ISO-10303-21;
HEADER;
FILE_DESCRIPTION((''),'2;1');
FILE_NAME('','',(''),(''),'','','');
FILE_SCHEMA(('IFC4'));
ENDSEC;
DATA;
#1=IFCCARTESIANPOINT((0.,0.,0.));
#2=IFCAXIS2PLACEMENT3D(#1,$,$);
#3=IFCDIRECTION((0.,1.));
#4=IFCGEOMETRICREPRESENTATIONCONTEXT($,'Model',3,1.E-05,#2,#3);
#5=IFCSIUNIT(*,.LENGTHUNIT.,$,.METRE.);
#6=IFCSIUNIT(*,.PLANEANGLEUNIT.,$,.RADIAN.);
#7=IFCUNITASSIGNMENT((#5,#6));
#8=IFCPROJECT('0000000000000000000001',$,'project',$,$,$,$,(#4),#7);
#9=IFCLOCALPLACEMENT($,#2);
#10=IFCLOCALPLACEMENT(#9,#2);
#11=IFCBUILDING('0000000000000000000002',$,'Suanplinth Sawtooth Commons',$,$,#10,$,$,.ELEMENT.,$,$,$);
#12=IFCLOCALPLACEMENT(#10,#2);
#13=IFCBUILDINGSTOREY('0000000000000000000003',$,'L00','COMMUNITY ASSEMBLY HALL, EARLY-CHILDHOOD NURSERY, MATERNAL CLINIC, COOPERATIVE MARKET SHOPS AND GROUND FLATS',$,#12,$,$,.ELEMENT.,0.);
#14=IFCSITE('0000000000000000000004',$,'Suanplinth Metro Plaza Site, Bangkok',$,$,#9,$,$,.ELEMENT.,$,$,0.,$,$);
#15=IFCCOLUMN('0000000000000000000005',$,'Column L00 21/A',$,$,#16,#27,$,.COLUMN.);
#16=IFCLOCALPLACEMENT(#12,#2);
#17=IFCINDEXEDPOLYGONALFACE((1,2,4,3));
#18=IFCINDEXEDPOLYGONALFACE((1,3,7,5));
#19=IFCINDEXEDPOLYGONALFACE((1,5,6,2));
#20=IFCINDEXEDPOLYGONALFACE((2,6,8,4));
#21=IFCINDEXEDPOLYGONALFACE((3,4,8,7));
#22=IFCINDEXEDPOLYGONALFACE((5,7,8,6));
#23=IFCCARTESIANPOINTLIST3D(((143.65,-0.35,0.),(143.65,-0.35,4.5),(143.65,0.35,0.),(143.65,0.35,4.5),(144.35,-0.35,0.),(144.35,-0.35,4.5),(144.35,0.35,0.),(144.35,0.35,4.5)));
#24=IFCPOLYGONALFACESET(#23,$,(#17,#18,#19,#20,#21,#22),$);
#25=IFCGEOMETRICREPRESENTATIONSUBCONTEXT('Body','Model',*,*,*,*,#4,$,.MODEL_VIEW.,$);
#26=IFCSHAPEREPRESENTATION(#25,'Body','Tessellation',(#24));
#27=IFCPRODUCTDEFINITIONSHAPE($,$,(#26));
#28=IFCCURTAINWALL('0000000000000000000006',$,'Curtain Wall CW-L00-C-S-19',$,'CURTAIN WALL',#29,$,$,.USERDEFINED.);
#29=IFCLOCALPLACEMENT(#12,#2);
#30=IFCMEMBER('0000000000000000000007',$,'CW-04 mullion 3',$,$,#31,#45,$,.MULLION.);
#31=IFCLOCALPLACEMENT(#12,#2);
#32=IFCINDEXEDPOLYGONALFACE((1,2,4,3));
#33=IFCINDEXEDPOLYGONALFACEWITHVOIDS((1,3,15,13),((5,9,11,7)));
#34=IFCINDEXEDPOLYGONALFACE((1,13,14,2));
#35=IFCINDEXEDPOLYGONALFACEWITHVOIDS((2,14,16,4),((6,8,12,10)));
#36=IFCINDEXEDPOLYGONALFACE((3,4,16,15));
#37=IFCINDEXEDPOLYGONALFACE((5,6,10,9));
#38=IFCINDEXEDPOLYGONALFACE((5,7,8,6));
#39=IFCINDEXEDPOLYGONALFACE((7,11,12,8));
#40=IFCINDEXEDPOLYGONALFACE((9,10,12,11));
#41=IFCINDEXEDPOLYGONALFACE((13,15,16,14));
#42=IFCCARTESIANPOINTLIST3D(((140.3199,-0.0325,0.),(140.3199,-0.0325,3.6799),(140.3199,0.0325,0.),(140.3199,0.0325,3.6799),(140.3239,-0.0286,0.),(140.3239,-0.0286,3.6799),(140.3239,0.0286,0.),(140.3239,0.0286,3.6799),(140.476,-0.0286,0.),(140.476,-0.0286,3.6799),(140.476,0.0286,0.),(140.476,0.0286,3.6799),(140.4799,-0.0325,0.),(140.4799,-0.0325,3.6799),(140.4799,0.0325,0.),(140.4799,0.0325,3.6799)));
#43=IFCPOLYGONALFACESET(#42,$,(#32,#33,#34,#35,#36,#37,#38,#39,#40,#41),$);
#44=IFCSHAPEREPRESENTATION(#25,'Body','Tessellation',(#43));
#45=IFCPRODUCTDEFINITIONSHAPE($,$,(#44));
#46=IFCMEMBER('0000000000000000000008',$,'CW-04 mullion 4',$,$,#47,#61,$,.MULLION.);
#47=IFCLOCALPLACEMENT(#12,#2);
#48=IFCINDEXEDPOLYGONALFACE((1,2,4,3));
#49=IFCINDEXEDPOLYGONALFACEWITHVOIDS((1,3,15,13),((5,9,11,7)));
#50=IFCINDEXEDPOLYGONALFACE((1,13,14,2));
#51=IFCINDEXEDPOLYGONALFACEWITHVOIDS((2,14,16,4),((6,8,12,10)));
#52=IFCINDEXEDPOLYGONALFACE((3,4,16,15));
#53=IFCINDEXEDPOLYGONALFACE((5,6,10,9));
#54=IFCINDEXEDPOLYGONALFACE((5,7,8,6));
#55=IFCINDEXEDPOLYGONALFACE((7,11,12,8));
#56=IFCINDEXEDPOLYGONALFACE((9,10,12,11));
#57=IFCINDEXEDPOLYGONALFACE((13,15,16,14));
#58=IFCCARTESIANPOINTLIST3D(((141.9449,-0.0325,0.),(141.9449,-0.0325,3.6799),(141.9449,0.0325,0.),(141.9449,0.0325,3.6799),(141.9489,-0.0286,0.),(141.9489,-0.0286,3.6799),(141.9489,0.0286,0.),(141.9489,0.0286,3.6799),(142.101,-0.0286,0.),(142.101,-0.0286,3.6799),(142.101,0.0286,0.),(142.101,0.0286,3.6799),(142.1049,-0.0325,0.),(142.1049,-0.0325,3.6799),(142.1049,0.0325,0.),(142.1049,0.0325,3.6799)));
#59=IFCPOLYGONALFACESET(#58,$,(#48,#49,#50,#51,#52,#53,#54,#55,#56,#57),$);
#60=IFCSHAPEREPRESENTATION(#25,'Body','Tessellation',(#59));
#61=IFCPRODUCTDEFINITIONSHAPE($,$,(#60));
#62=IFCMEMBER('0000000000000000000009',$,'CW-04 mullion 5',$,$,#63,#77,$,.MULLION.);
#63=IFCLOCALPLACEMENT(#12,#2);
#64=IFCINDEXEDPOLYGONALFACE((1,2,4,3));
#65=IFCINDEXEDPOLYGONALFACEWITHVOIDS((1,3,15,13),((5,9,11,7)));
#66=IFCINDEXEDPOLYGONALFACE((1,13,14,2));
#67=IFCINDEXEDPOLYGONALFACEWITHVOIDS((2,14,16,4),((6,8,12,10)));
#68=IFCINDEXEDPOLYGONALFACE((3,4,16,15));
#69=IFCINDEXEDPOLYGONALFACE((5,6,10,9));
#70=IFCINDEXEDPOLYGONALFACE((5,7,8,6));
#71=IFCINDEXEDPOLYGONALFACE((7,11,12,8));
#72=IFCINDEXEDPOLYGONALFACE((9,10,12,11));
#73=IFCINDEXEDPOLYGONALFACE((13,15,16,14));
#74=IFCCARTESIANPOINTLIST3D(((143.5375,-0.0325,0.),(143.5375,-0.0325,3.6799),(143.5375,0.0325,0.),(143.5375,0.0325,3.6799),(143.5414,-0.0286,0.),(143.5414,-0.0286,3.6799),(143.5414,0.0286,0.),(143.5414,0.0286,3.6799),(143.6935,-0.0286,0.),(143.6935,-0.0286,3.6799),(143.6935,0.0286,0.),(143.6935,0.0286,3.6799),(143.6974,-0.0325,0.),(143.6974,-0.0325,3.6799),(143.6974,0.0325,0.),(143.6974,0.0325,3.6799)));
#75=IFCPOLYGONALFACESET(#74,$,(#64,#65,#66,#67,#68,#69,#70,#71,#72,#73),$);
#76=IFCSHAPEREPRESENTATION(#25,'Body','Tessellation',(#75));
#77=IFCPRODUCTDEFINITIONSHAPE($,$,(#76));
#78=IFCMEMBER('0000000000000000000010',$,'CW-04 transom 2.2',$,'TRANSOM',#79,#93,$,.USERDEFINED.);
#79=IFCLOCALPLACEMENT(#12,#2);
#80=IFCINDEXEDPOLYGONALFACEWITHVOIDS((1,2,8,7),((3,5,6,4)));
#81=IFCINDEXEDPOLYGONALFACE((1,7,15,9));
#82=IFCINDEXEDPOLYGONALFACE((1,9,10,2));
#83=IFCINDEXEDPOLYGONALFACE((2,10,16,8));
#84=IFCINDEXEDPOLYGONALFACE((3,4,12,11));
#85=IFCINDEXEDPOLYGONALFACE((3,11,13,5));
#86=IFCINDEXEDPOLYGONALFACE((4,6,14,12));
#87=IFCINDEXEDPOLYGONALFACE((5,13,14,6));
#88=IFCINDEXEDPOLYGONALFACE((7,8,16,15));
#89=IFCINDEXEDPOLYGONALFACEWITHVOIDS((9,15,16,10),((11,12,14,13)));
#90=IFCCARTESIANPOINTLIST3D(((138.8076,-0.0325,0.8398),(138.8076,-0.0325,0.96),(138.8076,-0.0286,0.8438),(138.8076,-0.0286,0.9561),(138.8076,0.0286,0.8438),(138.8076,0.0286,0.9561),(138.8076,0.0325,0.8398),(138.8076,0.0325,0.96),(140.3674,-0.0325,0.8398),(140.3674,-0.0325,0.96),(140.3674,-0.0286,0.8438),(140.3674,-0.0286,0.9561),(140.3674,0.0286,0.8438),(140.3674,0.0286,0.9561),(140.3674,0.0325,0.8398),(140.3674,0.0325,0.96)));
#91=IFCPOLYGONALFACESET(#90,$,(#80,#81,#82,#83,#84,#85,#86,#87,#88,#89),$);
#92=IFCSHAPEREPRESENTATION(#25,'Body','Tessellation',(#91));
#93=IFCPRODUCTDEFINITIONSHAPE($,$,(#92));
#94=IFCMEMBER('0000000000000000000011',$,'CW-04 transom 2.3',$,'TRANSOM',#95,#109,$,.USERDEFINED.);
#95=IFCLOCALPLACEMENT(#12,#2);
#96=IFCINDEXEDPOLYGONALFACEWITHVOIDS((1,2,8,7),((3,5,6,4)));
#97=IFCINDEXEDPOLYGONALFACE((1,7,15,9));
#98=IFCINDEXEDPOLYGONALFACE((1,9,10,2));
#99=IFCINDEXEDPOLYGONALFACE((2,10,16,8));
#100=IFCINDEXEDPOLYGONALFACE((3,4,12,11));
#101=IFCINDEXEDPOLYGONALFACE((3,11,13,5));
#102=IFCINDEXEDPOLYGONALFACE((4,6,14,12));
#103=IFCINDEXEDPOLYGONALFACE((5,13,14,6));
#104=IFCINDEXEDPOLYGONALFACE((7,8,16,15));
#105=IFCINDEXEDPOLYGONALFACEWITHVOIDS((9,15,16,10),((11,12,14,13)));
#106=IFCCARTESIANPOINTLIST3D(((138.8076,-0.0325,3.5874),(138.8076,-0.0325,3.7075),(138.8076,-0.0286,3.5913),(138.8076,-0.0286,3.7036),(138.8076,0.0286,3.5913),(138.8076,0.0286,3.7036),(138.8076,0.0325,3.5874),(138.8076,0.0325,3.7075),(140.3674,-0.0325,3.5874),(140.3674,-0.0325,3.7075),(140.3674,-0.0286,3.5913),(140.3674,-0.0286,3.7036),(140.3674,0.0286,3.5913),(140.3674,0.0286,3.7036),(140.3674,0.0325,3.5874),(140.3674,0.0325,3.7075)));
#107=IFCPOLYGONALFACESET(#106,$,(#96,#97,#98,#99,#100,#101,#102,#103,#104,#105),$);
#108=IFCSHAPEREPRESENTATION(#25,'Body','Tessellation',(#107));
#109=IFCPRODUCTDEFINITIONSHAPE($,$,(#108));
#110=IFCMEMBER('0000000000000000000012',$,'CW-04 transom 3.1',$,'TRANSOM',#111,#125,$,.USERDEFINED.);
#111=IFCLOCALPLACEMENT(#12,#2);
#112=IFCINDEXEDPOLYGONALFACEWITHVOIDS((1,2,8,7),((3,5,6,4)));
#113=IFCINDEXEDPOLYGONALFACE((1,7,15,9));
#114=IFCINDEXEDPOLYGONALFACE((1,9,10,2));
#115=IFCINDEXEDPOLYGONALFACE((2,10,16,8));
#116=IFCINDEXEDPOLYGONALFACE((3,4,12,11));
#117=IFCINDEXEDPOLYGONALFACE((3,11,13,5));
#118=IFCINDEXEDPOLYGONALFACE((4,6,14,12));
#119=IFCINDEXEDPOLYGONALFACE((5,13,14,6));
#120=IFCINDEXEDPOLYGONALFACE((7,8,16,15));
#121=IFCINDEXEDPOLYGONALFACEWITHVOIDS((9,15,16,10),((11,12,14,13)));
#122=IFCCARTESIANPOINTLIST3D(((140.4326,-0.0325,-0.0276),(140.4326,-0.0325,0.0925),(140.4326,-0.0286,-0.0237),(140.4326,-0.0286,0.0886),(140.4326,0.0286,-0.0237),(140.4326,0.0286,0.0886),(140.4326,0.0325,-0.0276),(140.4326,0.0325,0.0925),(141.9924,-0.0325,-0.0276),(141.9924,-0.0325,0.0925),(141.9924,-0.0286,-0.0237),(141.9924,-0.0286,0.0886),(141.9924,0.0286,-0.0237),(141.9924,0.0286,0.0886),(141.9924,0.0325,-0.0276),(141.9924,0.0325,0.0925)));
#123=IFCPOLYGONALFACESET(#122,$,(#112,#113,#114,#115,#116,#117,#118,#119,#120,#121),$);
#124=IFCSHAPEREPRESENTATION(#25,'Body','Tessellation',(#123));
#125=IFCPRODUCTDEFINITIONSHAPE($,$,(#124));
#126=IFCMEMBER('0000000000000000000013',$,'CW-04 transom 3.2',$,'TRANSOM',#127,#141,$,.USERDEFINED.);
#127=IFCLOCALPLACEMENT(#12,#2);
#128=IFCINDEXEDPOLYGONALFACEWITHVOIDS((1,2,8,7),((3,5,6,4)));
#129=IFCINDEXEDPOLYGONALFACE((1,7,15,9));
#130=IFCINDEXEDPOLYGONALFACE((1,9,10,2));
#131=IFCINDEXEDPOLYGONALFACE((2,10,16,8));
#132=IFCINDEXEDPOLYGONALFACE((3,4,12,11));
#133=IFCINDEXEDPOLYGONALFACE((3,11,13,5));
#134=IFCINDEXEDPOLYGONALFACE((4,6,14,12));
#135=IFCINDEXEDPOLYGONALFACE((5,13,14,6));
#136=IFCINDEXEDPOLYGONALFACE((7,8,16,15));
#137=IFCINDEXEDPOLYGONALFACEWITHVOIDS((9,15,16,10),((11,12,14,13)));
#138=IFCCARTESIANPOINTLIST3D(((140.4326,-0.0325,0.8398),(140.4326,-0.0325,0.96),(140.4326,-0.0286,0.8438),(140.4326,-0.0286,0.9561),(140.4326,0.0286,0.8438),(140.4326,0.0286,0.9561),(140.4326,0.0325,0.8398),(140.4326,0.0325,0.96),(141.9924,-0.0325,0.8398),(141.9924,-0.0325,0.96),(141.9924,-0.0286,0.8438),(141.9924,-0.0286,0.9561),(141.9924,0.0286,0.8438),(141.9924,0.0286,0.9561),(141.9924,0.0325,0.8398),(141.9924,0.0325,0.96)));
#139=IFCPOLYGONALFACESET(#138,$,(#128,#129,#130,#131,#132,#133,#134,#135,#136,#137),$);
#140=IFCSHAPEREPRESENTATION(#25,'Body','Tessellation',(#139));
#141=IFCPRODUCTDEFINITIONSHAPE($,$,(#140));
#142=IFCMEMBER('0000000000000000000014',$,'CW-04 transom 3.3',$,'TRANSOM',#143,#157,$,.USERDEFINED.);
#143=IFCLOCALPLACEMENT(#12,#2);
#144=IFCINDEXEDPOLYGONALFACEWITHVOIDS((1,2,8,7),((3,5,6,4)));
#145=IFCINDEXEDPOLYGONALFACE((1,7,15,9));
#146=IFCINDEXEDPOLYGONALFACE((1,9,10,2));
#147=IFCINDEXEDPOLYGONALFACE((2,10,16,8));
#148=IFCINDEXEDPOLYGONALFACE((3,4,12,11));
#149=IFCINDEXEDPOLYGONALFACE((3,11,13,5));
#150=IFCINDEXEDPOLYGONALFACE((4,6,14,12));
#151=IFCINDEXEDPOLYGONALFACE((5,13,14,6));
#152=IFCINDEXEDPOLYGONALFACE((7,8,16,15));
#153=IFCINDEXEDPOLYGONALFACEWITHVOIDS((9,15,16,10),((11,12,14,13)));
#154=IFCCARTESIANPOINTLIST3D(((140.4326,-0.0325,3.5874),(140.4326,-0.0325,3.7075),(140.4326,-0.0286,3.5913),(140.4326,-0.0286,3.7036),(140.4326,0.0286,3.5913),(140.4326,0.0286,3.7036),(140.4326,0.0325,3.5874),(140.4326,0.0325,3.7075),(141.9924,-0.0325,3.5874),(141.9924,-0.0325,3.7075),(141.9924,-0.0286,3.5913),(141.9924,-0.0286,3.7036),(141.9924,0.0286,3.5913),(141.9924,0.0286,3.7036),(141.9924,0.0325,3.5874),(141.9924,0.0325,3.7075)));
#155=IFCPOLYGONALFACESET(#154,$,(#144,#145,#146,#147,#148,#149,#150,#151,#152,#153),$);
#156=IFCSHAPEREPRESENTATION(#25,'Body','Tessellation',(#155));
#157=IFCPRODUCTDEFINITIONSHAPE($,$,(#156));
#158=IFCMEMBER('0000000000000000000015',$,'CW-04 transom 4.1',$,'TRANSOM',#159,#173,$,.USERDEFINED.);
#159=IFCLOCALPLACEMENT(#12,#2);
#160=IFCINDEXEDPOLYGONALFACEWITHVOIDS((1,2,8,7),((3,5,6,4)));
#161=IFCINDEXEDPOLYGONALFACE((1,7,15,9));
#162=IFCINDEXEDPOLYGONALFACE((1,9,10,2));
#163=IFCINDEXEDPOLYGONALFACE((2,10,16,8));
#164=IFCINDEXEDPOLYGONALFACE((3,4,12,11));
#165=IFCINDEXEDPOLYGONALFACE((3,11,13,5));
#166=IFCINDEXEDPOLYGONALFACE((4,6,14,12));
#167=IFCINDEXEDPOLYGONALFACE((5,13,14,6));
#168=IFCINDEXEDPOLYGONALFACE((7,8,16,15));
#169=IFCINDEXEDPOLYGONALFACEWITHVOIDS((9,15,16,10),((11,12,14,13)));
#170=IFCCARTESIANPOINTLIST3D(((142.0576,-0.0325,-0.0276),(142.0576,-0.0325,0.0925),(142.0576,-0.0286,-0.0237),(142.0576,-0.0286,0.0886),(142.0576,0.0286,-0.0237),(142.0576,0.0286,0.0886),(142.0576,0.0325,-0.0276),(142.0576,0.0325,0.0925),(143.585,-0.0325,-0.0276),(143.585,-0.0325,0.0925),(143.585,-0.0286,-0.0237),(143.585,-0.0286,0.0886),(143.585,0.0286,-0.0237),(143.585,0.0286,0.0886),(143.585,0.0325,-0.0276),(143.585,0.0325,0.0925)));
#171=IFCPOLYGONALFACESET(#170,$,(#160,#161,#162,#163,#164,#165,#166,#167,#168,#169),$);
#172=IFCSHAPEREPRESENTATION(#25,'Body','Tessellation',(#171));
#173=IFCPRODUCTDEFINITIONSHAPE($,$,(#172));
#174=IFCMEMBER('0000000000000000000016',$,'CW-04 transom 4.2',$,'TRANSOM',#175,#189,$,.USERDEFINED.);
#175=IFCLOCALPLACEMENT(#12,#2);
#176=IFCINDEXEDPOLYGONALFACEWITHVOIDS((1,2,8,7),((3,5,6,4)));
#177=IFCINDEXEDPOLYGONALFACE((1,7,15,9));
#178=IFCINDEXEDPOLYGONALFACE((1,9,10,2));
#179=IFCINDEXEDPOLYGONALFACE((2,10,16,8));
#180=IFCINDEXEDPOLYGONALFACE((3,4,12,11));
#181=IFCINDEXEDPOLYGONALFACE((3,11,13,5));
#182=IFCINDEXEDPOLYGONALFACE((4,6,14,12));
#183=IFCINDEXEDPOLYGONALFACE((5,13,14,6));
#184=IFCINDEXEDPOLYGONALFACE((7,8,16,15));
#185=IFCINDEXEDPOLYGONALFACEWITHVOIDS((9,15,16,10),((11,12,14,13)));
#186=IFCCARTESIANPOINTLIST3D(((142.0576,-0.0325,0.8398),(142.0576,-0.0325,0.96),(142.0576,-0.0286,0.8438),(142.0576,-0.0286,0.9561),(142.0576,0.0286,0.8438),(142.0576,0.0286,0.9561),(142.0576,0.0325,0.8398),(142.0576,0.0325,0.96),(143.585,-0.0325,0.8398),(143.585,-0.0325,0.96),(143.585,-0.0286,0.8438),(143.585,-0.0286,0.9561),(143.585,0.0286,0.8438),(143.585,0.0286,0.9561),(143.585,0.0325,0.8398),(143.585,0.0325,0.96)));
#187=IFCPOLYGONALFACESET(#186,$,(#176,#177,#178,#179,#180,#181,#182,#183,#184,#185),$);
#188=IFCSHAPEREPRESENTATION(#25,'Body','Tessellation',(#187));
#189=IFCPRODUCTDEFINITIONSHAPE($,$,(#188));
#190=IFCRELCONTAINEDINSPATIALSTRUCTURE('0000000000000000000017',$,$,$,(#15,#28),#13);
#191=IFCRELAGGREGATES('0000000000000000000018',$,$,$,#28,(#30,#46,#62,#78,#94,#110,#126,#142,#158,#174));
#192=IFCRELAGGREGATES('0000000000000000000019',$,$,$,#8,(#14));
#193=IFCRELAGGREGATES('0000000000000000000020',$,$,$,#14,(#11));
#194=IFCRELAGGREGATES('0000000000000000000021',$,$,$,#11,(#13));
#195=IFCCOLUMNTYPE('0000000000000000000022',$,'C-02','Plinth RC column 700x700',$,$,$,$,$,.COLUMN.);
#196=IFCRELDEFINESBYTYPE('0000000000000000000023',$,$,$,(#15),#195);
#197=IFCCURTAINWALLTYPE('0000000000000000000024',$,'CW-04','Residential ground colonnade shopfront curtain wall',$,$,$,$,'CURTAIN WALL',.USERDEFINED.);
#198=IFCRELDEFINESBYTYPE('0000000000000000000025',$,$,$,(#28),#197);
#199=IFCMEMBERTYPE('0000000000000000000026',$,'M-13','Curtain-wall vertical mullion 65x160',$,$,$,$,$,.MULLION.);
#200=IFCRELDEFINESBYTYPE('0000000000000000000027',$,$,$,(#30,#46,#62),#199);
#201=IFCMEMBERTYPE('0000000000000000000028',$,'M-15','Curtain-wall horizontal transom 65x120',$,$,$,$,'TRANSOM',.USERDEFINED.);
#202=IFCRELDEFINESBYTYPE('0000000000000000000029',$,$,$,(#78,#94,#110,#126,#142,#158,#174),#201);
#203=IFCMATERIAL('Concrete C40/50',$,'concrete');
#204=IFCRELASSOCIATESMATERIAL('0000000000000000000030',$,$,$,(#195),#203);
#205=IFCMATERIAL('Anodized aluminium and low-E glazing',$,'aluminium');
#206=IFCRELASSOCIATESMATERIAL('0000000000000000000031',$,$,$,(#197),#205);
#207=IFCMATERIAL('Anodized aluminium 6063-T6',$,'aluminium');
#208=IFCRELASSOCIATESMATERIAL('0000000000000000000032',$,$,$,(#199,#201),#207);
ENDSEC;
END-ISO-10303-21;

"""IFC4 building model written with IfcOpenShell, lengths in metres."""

from ifc_helpers import new_model, si_unit, direction, frame, origin, origin_2d, place, context, subcontext, project, spatial, rectangle, hollow_rectangle, extrude, material, material_profile, profile_set, type_object, element, aggregate, save


model = new_model("IFC4")

# Units and contexts
model_context = context("Model", 3, precision=1e-05, world=origin(), true_north=direction((0.0, 1.0)))
body_context = subcontext(model_context, "Body", "Model", "MODEL_VIEW")
ifc_project = project(units=[si_unit("LENGTHUNIT", "METRE"), si_unit("PLANEANGLEUNIT", "RADIAN")], contexts=[model_context])

# Site, building, storey
site_placement = place(None, origin())
site = spatial("IfcSite", under=ifc_project, at=site_placement, Name="Suanplinth Metro Plaza Site, Bangkok", CompositionType="ELEMENT", RefElevation=0.0)
building_placement = place(site_placement, origin())
building = spatial("IfcBuilding", under=site, at=building_placement, Name="Suanplinth Sawtooth Commons", CompositionType="ELEMENT")
storey_placement = place(building_placement, origin())
storey = spatial("IfcBuildingStorey", under=building, at=storey_placement, Name="L00", Description="COMMUNITY ASSEMBLY HALL, EARLY-CHILDHOOD NURSERY, MATERNAL CLINIC, COOPERATIVE MARKET SHOPS AND GROUND FLATS", CompositionType="ELEMENT", Elevation=0.0)

# Column
ifc_material_1 = material(Name="Concrete C40/50", Category="concrete")
ifc_material_profile_1 = material_profile(ifc_material_1, rectangle(XDim=0.7, YDim=0.7, at=origin_2d()), Name="RC-COL 700x700")
ifc_profile_set_1 = profile_set([ifc_material_profile_1], Name="Concrete C40/50")
column_type = type_object("IfcColumnType", Name="C-02", Description="Plinth RC column 700x700", PredefinedType="COLUMN", material=ifc_profile_set_1)
column_placement = place(storey_placement, frame((144.0, 0.0, 0.0), z_axis=(0.0, 0.0, 1.0), x_axis=(1.0, 0.0, 0.0)))
element("IfcColumn", 1, at=column_placement, inside=storey, type_object=column_type, Name="Column L00 21/A", PredefinedType="COLUMN", context=body_context, shape_type="SweptSolid", body=[
    extrude(rectangle(XDim=0.7, YDim=0.7, at=origin_2d()), origin(), (0.0, 0.0, 1.0), 4.5),
])

# Curtain wall, members
ifc_material_2 = material(Name="Anodized aluminium and low-E glazing", Category="aluminium")
curtain_wall_type = type_object("IfcCurtainWallType", Name="CW-04", Description="Residential ground colonnade shopfront curtain wall", ElementType="CURTAIN WALL", PredefinedType="USERDEFINED", material=ifc_material_2)
curtain_wall_placement = place(storey_placement, origin())
curtain_wall = element("IfcCurtainWall", 2, at=curtain_wall_placement, inside=storey, type_object=curtain_wall_type, Name="Curtain Wall CW-L00-C-S-19", ObjectType="CURTAIN WALL", PredefinedType="USERDEFINED")
ifc_material_3 = material(Name="Anodized aluminium 6063-T6", Category="aluminium")
ifc_material_profile_2 = material_profile(ifc_material_3, hollow_rectangle(XDim=0.0649, YDim=0.1599, WallThickness=0.0039, at=origin_2d()), Name="ALU-MUL 65x160")
ifc_profile_set_2 = profile_set([ifc_material_profile_2], Name="Anodized aluminium 6063-T6")
member_type_1 = type_object("IfcMemberType", Name="M-13", Description="Curtain-wall vertical mullion 65x160", PredefinedType="MULLION", material=ifc_profile_set_2)
member_1_placement = place(storey_placement, frame((140.3999, 0.0, 0.0), z_axis=(0.0, 0.0, 1.0), x_axis=(0.0, 1.0, 0.0)))
member_1 = element("IfcMember", 3, at=member_1_placement, type_object=member_type_1, Name="CW-04 mullion 3", PredefinedType="MULLION", context=body_context, shape_type="SweptSolid", body=[
    extrude(hollow_rectangle(XDim=0.0649, YDim=0.1599, WallThickness=0.0039, at=origin_2d()), origin(), (0.0, 0.0, 1.0), 3.6799),
])
member_2_placement = place(storey_placement, frame((142.0249, 0.0, 0.0), z_axis=(0.0, 0.0, 1.0), x_axis=(0.0, 1.0, 0.0)))
member_2 = element("IfcMember", 4, at=member_2_placement, type_object=member_type_1, Name="CW-04 mullion 4", PredefinedType="MULLION", context=body_context, shape_type="SweptSolid", body=[
    extrude(hollow_rectangle(XDim=0.0649, YDim=0.1599, WallThickness=0.0039, at=origin_2d()), origin(), (0.0, 0.0, 1.0), 3.6799),
])
member_3_placement = place(storey_placement, frame((143.6174, 0.0, 0.0), z_axis=(0.0, 0.0, 1.0), x_axis=(0.0, 1.0, 0.0)))
member_3 = element("IfcMember", 5, at=member_3_placement, type_object=member_type_1, Name="CW-04 mullion 5", PredefinedType="MULLION", context=body_context, shape_type="SweptSolid", body=[
    extrude(hollow_rectangle(XDim=0.0649, YDim=0.1599, WallThickness=0.0039, at=origin_2d()), origin(), (0.0, 0.0, 1.0), 3.6799),
])
ifc_material_profile_3 = material_profile(ifc_material_3, hollow_rectangle(XDim=0.0649, YDim=0.1201, WallThickness=0.0039, at=origin_2d()), Name="ALU-TRN 65x120")
ifc_profile_set_3 = profile_set([ifc_material_profile_3], Name="Anodized aluminium 6063-T6")
member_type_2 = type_object("IfcMemberType", Name="M-15", Description="Curtain-wall horizontal transom 65x120", ElementType="TRANSOM", PredefinedType="USERDEFINED", material=ifc_profile_set_3)
member_4_placement = place(storey_placement, frame((138.8076, 0.0, 0.8999), z_axis=(1.0, 0.0, 0.0), x_axis=(0.0, 1.0, 0.0)))
member_4 = element("IfcMember", 6, at=member_4_placement, type_object=member_type_2, Name="CW-04 transom 2.2", ObjectType="TRANSOM", PredefinedType="USERDEFINED", context=body_context, shape_type="SweptSolid", body=[
    extrude(hollow_rectangle(XDim=0.0649, YDim=0.1201, WallThickness=0.0039, at=origin_2d()), origin(), (0.0, 0.0, 1.0), 1.5598),
])
member_5_placement = place(storey_placement, frame((138.8076, 0.0, 3.6475), z_axis=(1.0, 0.0, 0.0), x_axis=(0.0, 1.0, 0.0)))
member_5 = element("IfcMember", 7, at=member_5_placement, type_object=member_type_2, Name="CW-04 transom 2.3", ObjectType="TRANSOM", PredefinedType="USERDEFINED", context=body_context, shape_type="SweptSolid", body=[
    extrude(hollow_rectangle(XDim=0.0649, YDim=0.1201, WallThickness=0.0039, at=origin_2d()), origin(), (0.0, 0.0, 1.0), 1.5598),
])
member_6_placement = place(storey_placement, frame((140.4326, 0.0, 0.0325), z_axis=(1.0, 0.0, 0.0), x_axis=(0.0, 1.0, 0.0)))
member_6 = element("IfcMember", 8, at=member_6_placement, type_object=member_type_2, Name="CW-04 transom 3.1", ObjectType="TRANSOM", PredefinedType="USERDEFINED", context=body_context, shape_type="SweptSolid", body=[
    extrude(hollow_rectangle(XDim=0.0649, YDim=0.1201, WallThickness=0.0039, at=origin_2d()), origin(), (0.0, 0.0, 1.0), 1.5598),
])
member_7_placement = place(storey_placement, frame((140.4326, 0.0, 0.8999), z_axis=(1.0, 0.0, 0.0), x_axis=(0.0, 1.0, 0.0)))
member_7 = element("IfcMember", 9, at=member_7_placement, type_object=member_type_2, Name="CW-04 transom 3.2", ObjectType="TRANSOM", PredefinedType="USERDEFINED", context=body_context, shape_type="SweptSolid", body=[
    extrude(hollow_rectangle(XDim=0.0649, YDim=0.1201, WallThickness=0.0039, at=origin_2d()), origin(), (0.0, 0.0, 1.0), 1.5598),
])
member_8_placement = place(storey_placement, frame((140.4326, 0.0, 3.6475), z_axis=(1.0, 0.0, 0.0), x_axis=(0.0, 1.0, 0.0)))
member_8 = element("IfcMember", 10, at=member_8_placement, type_object=member_type_2, Name="CW-04 transom 3.3", ObjectType="TRANSOM", PredefinedType="USERDEFINED", context=body_context, shape_type="SweptSolid", body=[
    extrude(hollow_rectangle(XDim=0.0649, YDim=0.1201, WallThickness=0.0039, at=origin_2d()), origin(), (0.0, 0.0, 1.0), 1.5598),
])
member_9_placement = place(storey_placement, frame((142.0576, 0.0, 0.0325), z_axis=(1.0, 0.0, 0.0), x_axis=(0.0, 1.0, 0.0)))
member_9 = element("IfcMember", 11, at=member_9_placement, type_object=member_type_2, Name="CW-04 transom 4.1", ObjectType="TRANSOM", PredefinedType="USERDEFINED", context=body_context, shape_type="SweptSolid", body=[
    extrude(hollow_rectangle(XDim=0.0649, YDim=0.1201, WallThickness=0.0039, at=origin_2d()), origin(), (0.0, 0.0, 1.0), 1.5273),
])
member_10_placement = place(storey_placement, frame((142.0576, 0.0, 0.8999), z_axis=(1.0, 0.0, 0.0), x_axis=(0.0, 1.0, 0.0)))
member_10 = element("IfcMember", 12, at=member_10_placement, type_object=member_type_2, Name="CW-04 transom 4.2", ObjectType="TRANSOM", PredefinedType="USERDEFINED", context=body_context, shape_type="SweptSolid", body=[
    extrude(hollow_rectangle(XDim=0.0649, YDim=0.1201, WallThickness=0.0039, at=origin_2d()), origin(), (0.0, 0.0, 1.0), 1.5273),
])
aggregate(curtain_wall, [member_1, member_2, member_3, member_4, member_5, member_6, member_7, member_8, member_9, member_10])

save(model, "model.ifc")
